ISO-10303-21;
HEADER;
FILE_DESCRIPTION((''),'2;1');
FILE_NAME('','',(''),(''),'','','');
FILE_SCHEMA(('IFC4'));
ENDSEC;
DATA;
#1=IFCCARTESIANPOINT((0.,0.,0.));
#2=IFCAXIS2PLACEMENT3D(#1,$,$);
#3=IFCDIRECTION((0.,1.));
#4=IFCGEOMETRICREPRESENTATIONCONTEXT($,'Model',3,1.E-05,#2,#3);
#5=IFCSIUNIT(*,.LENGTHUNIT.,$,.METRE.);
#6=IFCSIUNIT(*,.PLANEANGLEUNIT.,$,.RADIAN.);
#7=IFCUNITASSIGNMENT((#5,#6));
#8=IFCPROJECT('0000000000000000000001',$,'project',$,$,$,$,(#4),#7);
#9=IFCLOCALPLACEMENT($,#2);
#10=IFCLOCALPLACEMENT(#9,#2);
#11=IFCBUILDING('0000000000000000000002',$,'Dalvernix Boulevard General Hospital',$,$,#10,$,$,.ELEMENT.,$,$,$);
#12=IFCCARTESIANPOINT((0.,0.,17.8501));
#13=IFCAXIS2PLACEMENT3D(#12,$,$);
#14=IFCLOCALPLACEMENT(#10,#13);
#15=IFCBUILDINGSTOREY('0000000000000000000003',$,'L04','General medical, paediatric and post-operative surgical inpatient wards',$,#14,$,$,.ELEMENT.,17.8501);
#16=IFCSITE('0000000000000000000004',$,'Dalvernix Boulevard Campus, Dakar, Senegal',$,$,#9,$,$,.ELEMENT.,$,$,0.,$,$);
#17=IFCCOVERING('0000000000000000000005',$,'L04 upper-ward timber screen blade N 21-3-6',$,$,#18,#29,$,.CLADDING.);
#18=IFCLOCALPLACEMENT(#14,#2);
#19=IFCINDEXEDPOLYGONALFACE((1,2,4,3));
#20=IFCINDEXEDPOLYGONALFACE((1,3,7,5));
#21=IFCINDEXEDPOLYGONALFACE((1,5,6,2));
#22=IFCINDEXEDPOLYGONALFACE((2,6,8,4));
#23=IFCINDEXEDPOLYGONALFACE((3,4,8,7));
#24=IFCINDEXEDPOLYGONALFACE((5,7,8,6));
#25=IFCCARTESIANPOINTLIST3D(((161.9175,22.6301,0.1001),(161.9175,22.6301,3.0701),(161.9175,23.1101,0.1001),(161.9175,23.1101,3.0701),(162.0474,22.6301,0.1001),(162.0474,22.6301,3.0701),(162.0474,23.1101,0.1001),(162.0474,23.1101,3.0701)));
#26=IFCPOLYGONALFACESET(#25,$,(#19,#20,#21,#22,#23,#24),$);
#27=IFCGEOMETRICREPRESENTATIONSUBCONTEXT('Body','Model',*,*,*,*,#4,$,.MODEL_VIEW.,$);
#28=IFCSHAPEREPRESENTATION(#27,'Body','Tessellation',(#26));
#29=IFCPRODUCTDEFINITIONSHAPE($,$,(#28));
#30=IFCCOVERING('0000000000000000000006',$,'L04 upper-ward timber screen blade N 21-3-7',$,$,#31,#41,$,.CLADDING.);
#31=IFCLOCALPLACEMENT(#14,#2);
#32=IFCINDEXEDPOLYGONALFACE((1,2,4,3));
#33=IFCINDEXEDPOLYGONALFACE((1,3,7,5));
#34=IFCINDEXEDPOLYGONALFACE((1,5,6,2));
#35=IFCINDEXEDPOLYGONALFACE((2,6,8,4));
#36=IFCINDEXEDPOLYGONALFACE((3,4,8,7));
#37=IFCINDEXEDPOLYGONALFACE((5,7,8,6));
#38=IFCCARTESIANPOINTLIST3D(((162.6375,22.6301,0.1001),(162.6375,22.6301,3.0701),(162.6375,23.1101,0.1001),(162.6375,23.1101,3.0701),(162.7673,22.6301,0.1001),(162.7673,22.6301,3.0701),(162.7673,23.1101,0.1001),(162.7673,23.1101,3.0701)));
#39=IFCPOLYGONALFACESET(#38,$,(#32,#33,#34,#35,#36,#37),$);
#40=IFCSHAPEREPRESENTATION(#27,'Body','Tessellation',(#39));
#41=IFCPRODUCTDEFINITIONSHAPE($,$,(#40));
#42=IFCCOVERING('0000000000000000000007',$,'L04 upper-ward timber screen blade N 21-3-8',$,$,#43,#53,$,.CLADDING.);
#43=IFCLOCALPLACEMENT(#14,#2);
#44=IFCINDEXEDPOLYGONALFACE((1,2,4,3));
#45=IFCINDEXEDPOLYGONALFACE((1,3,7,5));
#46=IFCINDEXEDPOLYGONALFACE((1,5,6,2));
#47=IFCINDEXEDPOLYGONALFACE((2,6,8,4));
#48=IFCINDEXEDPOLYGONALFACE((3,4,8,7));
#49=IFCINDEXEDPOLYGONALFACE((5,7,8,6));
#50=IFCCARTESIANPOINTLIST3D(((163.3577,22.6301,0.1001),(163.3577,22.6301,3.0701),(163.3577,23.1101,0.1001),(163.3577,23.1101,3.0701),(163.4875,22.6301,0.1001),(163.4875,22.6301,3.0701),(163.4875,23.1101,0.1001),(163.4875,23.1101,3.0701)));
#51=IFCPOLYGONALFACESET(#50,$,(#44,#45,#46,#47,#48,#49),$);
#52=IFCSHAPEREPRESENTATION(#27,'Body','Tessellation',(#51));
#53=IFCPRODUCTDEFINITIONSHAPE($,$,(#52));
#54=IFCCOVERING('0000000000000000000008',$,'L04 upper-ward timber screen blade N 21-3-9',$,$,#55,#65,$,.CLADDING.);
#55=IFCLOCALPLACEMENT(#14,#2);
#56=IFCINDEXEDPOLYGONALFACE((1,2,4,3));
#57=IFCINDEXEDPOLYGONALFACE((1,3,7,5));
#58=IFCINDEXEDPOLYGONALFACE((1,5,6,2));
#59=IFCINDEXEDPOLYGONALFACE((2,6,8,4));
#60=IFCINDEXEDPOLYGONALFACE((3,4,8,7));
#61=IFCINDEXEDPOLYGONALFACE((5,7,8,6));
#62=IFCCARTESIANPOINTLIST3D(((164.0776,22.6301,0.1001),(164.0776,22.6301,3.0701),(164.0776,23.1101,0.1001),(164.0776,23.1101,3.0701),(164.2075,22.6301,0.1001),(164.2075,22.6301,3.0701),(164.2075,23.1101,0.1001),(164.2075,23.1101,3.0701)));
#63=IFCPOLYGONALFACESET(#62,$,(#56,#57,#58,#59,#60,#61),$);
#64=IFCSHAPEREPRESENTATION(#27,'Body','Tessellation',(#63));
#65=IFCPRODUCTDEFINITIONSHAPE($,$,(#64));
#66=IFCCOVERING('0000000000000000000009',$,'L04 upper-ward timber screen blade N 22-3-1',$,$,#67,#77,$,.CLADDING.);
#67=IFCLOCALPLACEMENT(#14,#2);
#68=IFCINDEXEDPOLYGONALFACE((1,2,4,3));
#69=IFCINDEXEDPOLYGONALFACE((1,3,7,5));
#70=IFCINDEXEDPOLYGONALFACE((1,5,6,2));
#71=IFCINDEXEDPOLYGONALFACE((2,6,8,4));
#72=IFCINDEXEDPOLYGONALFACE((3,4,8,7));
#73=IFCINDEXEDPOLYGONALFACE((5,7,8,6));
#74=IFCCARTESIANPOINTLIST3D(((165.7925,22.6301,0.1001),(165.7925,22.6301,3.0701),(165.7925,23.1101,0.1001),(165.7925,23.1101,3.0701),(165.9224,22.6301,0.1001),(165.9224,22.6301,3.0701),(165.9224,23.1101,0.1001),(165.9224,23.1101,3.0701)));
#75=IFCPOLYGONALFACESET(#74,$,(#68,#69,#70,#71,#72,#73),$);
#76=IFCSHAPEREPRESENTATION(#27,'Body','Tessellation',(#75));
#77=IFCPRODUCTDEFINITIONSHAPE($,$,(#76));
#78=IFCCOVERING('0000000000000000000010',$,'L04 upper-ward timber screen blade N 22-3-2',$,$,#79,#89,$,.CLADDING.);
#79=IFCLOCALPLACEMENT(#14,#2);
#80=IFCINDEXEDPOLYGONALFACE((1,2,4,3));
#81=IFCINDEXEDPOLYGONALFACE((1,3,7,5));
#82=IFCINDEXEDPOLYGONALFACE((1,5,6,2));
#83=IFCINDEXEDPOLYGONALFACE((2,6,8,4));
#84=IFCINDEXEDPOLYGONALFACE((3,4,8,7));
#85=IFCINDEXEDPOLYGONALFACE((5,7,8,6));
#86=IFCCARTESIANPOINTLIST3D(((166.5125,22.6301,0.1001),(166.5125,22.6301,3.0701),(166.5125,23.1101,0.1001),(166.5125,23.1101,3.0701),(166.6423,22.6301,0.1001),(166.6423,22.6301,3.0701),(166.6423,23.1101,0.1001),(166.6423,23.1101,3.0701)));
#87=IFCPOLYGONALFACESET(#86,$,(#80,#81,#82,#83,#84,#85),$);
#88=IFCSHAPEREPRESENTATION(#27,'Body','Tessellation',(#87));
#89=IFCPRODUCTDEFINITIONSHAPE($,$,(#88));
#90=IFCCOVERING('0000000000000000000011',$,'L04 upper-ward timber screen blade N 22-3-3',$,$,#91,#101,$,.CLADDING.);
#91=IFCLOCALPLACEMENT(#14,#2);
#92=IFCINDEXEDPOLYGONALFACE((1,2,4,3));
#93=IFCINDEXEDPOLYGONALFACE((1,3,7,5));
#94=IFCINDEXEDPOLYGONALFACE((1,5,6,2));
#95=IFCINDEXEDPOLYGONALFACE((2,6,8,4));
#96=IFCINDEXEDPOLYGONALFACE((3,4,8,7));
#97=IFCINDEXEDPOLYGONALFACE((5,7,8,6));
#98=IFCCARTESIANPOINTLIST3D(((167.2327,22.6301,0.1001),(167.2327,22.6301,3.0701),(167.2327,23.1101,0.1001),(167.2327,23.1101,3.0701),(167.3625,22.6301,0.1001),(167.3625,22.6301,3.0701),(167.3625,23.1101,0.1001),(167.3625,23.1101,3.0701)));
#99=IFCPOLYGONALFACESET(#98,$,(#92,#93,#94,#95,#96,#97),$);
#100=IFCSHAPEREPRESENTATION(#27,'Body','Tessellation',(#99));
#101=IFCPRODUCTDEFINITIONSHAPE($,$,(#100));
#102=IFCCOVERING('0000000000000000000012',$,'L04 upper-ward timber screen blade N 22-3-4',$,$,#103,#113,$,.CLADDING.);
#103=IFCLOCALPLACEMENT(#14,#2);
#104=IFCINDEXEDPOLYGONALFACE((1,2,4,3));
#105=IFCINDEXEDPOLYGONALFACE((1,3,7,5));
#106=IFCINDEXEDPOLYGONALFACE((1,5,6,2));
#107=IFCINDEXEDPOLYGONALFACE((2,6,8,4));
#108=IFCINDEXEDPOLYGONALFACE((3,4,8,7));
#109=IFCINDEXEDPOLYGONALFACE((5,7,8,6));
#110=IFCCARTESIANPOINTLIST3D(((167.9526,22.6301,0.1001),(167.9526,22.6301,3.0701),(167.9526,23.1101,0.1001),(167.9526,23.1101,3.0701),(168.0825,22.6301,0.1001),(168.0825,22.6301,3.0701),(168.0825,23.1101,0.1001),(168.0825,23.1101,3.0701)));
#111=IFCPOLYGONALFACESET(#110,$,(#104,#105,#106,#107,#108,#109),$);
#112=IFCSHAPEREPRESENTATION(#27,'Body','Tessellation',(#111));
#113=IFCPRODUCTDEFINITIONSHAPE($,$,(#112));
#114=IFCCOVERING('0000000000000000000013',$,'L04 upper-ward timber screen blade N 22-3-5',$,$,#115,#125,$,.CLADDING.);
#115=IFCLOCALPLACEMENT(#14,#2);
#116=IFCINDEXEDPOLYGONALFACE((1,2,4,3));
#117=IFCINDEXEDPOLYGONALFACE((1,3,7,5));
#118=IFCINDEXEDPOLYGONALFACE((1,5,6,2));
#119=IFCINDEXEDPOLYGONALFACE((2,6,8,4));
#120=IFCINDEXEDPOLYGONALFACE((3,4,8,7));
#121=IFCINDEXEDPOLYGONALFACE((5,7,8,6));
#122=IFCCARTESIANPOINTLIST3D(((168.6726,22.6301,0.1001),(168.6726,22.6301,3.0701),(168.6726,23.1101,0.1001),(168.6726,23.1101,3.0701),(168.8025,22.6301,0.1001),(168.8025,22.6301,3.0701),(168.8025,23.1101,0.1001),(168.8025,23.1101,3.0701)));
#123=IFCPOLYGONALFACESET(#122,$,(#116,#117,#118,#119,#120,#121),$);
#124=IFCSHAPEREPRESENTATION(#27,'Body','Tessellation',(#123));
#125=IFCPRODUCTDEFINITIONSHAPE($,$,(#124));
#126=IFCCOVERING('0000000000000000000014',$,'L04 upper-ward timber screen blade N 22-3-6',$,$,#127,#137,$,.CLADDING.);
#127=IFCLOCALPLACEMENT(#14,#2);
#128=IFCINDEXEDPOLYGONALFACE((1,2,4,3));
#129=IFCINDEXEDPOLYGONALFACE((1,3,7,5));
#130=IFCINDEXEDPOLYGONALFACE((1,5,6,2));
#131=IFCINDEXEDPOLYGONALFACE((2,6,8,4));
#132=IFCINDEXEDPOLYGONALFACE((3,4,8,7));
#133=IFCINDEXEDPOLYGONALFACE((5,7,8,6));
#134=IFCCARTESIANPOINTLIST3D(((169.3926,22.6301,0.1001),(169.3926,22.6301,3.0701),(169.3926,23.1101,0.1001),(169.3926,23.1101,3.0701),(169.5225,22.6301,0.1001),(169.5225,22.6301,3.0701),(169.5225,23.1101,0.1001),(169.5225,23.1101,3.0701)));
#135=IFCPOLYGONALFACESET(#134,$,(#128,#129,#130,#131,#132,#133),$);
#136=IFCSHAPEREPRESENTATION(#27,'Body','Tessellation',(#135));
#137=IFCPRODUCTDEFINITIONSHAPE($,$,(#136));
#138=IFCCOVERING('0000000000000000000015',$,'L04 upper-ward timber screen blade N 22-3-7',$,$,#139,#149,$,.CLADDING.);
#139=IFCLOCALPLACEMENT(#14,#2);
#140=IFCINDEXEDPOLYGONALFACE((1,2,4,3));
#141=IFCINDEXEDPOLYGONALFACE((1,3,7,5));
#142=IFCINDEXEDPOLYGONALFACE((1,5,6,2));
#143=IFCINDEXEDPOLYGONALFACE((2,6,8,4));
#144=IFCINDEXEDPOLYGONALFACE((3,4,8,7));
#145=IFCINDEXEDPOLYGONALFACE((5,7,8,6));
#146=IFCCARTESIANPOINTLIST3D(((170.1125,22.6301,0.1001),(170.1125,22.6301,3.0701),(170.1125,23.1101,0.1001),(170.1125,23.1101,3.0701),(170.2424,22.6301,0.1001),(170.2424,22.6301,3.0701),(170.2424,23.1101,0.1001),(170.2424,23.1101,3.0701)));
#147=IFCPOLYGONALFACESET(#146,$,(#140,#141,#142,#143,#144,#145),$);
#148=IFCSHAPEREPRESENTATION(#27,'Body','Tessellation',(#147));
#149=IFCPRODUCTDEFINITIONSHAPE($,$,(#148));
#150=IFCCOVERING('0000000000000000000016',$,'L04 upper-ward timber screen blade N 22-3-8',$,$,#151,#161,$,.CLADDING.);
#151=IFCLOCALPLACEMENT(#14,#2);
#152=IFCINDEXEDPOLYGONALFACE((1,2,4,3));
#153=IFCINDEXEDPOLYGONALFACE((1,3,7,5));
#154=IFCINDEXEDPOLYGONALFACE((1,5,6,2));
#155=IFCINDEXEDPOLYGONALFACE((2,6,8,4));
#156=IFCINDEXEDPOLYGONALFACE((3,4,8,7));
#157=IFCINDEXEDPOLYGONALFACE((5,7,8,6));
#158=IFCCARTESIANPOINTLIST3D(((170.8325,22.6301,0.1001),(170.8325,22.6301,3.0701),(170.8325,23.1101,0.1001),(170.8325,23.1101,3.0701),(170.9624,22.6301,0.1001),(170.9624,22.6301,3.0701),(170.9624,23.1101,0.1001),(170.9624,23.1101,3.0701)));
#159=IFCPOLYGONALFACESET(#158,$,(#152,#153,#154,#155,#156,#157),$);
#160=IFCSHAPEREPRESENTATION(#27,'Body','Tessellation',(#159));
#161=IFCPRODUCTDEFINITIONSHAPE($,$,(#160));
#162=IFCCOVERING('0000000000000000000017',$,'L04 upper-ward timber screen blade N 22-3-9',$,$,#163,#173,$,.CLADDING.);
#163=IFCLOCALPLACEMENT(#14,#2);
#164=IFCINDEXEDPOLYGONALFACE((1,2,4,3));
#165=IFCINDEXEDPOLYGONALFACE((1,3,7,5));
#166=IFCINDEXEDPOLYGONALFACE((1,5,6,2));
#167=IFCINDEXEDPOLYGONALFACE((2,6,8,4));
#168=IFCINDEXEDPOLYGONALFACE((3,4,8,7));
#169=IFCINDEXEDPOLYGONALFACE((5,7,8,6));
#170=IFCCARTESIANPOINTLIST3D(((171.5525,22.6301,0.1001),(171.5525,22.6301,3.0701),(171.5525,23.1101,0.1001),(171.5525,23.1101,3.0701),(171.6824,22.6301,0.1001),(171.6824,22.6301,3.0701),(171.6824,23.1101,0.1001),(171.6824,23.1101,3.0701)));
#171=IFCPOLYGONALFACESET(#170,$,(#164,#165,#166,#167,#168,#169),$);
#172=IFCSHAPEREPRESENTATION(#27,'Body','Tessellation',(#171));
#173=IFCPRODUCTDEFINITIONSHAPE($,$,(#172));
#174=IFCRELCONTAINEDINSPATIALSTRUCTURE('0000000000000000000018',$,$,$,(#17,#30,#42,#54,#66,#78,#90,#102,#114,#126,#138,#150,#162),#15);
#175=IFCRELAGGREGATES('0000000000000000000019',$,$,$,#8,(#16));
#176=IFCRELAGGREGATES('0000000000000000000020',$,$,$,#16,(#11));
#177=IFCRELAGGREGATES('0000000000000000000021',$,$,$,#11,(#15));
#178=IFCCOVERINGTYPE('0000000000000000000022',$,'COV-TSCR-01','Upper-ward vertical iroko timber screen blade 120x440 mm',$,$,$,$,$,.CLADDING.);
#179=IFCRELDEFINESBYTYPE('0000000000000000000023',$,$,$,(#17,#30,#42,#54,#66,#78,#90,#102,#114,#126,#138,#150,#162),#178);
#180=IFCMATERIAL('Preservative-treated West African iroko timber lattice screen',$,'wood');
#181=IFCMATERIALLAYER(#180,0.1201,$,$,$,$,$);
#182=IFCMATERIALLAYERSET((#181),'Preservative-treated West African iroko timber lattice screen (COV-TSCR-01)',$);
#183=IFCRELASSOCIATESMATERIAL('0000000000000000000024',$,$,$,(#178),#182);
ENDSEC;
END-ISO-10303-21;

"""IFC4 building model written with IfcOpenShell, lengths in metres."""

from ifc_helpers import new_model, si_unit, direction, frame, origin, origin_2d, place, context, subcontext, project, spatial, rectangle, extrude, material, layer, layer_set, type_object, element, save


model = new_model("IFC4")

# Units and contexts
model_context = context("Model", 3, precision=1e-05, world=origin(), true_north=direction((0.0, 1.0)))
body_context = subcontext(model_context, "Body", "Model", "MODEL_VIEW")
ifc_project = project(units=[si_unit("LENGTHUNIT", "METRE"), si_unit("PLANEANGLEUNIT", "RADIAN")], contexts=[model_context])

# Site, building, storey
site_placement = place(None, origin())
site = spatial("IfcSite", under=ifc_project, at=site_placement, Name="Dalvernix Boulevard Campus, Dakar, Senegal", CompositionType="ELEMENT", RefElevation=0.0)
building_placement = place(site_placement, origin())
building = spatial("IfcBuilding", under=site, at=building_placement, Name="Dalvernix Boulevard General Hospital", CompositionType="ELEMENT")
storey_placement = place(building_placement, frame((0.0, 0.0, 17.8501)))
storey = spatial("IfcBuildingStorey", under=building, at=storey_placement, Name="L04", Description="General medical, paediatric and post-operative surgical inpatient wards", CompositionType="ELEMENT", Elevation=17.8501)

# Coverings
ifc_material_1 = material(Name="Preservative-treated West African iroko timber lattice screen", Category="wood")
ifc_layer_1 = layer(ifc_material_1, 0.1201)
ifc_layer_set_1 = layer_set([ifc_layer_1], Name="Preservative-treated West African iroko timber lattice screen (COV-TSCR-01)")
covering_type_1 = type_object("IfcCoveringType", Name="COV-TSCR-01", Description="Upper-ward vertical iroko timber screen blade 120x440 mm", PredefinedType="CLADDING", material=ifc_layer_set_1)
for number, where, z_axis, x_axis, name in (
    (1, (161.9824, 22.8701, 0.1001), (0.0, 0.0, 1.0), (1.0, 0.0, 0.0), "L04 upper-ward timber screen blade N 21-3-6"),
    (2, (162.7024, 22.8701, 0.1001), (0.0, 0.0, 1.0), (1.0, 0.0, 0.0), "L04 upper-ward timber screen blade N 21-3-7"),
    (3, (163.4226, 22.8701, 0.1001), (0.0, 0.0, 1.0), (1.0, 0.0, 0.0), "L04 upper-ward timber screen blade N 21-3-8"),
    (4, (164.1426, 22.8701, 0.1001), (0.0, 0.0, 1.0), (1.0, 0.0, 0.0), "L04 upper-ward timber screen blade N 21-3-9"),
    (5, (165.8574, 22.8701, 0.1001), (0.0, 0.0, 1.0), (1.0, 0.0, 0.0), "L04 upper-ward timber screen blade N 22-3-1"),
    (6, (166.5774, 22.8701, 0.1001), (0.0, 0.0, 1.0), (1.0, 0.0, 0.0), "L04 upper-ward timber screen blade N 22-3-2"),
    (7, (167.2976, 22.8701, 0.1001), (0.0, 0.0, 1.0), (1.0, 0.0, 0.0), "L04 upper-ward timber screen blade N 22-3-3"),
    (8, (168.0176, 22.8701, 0.1001), (0.0, 0.0, 1.0), (1.0, 0.0, 0.0), "L04 upper-ward timber screen blade N 22-3-4"),
    (9, (168.7375, 22.8701, 0.1001), (0.0, 0.0, 1.0), (1.0, 0.0, 0.0), "L04 upper-ward timber screen blade N 22-3-5"),
    (10, (169.4575, 22.8701, 0.1001), (0.0, 0.0, 1.0), (1.0, 0.0, 0.0), "L04 upper-ward timber screen blade N 22-3-6"),
    (11, (170.1775, 22.8701, 0.1001), (0.0, 0.0, 1.0), (1.0, 0.0, 0.0), "L04 upper-ward timber screen blade N 22-3-7"),
    (12, (170.8975, 22.8701, 0.1001), (0.0, 0.0, 1.0), (1.0, 0.0, 0.0), "L04 upper-ward timber screen blade N 22-3-8"),
    (13, (171.6174, 22.8701, 0.1001), (0.0, 0.0, 1.0), (1.0, 0.0, 0.0), "L04 upper-ward timber screen blade N 22-3-9"),
):
    element("IfcCovering", number, at=place(storey_placement, frame(where, z_axis=z_axis, x_axis=x_axis)), inside=storey, type_object=covering_type_1, Name=name, PredefinedType="CLADDING", context=body_context, shape_type="SweptSolid", body=[
        extrude(rectangle(XDim=0.1299, YDim=0.48, at=origin_2d()), origin(), (0.0, 0.0, 1.0), 2.97),
    ])

save(model, "model.ifc")
